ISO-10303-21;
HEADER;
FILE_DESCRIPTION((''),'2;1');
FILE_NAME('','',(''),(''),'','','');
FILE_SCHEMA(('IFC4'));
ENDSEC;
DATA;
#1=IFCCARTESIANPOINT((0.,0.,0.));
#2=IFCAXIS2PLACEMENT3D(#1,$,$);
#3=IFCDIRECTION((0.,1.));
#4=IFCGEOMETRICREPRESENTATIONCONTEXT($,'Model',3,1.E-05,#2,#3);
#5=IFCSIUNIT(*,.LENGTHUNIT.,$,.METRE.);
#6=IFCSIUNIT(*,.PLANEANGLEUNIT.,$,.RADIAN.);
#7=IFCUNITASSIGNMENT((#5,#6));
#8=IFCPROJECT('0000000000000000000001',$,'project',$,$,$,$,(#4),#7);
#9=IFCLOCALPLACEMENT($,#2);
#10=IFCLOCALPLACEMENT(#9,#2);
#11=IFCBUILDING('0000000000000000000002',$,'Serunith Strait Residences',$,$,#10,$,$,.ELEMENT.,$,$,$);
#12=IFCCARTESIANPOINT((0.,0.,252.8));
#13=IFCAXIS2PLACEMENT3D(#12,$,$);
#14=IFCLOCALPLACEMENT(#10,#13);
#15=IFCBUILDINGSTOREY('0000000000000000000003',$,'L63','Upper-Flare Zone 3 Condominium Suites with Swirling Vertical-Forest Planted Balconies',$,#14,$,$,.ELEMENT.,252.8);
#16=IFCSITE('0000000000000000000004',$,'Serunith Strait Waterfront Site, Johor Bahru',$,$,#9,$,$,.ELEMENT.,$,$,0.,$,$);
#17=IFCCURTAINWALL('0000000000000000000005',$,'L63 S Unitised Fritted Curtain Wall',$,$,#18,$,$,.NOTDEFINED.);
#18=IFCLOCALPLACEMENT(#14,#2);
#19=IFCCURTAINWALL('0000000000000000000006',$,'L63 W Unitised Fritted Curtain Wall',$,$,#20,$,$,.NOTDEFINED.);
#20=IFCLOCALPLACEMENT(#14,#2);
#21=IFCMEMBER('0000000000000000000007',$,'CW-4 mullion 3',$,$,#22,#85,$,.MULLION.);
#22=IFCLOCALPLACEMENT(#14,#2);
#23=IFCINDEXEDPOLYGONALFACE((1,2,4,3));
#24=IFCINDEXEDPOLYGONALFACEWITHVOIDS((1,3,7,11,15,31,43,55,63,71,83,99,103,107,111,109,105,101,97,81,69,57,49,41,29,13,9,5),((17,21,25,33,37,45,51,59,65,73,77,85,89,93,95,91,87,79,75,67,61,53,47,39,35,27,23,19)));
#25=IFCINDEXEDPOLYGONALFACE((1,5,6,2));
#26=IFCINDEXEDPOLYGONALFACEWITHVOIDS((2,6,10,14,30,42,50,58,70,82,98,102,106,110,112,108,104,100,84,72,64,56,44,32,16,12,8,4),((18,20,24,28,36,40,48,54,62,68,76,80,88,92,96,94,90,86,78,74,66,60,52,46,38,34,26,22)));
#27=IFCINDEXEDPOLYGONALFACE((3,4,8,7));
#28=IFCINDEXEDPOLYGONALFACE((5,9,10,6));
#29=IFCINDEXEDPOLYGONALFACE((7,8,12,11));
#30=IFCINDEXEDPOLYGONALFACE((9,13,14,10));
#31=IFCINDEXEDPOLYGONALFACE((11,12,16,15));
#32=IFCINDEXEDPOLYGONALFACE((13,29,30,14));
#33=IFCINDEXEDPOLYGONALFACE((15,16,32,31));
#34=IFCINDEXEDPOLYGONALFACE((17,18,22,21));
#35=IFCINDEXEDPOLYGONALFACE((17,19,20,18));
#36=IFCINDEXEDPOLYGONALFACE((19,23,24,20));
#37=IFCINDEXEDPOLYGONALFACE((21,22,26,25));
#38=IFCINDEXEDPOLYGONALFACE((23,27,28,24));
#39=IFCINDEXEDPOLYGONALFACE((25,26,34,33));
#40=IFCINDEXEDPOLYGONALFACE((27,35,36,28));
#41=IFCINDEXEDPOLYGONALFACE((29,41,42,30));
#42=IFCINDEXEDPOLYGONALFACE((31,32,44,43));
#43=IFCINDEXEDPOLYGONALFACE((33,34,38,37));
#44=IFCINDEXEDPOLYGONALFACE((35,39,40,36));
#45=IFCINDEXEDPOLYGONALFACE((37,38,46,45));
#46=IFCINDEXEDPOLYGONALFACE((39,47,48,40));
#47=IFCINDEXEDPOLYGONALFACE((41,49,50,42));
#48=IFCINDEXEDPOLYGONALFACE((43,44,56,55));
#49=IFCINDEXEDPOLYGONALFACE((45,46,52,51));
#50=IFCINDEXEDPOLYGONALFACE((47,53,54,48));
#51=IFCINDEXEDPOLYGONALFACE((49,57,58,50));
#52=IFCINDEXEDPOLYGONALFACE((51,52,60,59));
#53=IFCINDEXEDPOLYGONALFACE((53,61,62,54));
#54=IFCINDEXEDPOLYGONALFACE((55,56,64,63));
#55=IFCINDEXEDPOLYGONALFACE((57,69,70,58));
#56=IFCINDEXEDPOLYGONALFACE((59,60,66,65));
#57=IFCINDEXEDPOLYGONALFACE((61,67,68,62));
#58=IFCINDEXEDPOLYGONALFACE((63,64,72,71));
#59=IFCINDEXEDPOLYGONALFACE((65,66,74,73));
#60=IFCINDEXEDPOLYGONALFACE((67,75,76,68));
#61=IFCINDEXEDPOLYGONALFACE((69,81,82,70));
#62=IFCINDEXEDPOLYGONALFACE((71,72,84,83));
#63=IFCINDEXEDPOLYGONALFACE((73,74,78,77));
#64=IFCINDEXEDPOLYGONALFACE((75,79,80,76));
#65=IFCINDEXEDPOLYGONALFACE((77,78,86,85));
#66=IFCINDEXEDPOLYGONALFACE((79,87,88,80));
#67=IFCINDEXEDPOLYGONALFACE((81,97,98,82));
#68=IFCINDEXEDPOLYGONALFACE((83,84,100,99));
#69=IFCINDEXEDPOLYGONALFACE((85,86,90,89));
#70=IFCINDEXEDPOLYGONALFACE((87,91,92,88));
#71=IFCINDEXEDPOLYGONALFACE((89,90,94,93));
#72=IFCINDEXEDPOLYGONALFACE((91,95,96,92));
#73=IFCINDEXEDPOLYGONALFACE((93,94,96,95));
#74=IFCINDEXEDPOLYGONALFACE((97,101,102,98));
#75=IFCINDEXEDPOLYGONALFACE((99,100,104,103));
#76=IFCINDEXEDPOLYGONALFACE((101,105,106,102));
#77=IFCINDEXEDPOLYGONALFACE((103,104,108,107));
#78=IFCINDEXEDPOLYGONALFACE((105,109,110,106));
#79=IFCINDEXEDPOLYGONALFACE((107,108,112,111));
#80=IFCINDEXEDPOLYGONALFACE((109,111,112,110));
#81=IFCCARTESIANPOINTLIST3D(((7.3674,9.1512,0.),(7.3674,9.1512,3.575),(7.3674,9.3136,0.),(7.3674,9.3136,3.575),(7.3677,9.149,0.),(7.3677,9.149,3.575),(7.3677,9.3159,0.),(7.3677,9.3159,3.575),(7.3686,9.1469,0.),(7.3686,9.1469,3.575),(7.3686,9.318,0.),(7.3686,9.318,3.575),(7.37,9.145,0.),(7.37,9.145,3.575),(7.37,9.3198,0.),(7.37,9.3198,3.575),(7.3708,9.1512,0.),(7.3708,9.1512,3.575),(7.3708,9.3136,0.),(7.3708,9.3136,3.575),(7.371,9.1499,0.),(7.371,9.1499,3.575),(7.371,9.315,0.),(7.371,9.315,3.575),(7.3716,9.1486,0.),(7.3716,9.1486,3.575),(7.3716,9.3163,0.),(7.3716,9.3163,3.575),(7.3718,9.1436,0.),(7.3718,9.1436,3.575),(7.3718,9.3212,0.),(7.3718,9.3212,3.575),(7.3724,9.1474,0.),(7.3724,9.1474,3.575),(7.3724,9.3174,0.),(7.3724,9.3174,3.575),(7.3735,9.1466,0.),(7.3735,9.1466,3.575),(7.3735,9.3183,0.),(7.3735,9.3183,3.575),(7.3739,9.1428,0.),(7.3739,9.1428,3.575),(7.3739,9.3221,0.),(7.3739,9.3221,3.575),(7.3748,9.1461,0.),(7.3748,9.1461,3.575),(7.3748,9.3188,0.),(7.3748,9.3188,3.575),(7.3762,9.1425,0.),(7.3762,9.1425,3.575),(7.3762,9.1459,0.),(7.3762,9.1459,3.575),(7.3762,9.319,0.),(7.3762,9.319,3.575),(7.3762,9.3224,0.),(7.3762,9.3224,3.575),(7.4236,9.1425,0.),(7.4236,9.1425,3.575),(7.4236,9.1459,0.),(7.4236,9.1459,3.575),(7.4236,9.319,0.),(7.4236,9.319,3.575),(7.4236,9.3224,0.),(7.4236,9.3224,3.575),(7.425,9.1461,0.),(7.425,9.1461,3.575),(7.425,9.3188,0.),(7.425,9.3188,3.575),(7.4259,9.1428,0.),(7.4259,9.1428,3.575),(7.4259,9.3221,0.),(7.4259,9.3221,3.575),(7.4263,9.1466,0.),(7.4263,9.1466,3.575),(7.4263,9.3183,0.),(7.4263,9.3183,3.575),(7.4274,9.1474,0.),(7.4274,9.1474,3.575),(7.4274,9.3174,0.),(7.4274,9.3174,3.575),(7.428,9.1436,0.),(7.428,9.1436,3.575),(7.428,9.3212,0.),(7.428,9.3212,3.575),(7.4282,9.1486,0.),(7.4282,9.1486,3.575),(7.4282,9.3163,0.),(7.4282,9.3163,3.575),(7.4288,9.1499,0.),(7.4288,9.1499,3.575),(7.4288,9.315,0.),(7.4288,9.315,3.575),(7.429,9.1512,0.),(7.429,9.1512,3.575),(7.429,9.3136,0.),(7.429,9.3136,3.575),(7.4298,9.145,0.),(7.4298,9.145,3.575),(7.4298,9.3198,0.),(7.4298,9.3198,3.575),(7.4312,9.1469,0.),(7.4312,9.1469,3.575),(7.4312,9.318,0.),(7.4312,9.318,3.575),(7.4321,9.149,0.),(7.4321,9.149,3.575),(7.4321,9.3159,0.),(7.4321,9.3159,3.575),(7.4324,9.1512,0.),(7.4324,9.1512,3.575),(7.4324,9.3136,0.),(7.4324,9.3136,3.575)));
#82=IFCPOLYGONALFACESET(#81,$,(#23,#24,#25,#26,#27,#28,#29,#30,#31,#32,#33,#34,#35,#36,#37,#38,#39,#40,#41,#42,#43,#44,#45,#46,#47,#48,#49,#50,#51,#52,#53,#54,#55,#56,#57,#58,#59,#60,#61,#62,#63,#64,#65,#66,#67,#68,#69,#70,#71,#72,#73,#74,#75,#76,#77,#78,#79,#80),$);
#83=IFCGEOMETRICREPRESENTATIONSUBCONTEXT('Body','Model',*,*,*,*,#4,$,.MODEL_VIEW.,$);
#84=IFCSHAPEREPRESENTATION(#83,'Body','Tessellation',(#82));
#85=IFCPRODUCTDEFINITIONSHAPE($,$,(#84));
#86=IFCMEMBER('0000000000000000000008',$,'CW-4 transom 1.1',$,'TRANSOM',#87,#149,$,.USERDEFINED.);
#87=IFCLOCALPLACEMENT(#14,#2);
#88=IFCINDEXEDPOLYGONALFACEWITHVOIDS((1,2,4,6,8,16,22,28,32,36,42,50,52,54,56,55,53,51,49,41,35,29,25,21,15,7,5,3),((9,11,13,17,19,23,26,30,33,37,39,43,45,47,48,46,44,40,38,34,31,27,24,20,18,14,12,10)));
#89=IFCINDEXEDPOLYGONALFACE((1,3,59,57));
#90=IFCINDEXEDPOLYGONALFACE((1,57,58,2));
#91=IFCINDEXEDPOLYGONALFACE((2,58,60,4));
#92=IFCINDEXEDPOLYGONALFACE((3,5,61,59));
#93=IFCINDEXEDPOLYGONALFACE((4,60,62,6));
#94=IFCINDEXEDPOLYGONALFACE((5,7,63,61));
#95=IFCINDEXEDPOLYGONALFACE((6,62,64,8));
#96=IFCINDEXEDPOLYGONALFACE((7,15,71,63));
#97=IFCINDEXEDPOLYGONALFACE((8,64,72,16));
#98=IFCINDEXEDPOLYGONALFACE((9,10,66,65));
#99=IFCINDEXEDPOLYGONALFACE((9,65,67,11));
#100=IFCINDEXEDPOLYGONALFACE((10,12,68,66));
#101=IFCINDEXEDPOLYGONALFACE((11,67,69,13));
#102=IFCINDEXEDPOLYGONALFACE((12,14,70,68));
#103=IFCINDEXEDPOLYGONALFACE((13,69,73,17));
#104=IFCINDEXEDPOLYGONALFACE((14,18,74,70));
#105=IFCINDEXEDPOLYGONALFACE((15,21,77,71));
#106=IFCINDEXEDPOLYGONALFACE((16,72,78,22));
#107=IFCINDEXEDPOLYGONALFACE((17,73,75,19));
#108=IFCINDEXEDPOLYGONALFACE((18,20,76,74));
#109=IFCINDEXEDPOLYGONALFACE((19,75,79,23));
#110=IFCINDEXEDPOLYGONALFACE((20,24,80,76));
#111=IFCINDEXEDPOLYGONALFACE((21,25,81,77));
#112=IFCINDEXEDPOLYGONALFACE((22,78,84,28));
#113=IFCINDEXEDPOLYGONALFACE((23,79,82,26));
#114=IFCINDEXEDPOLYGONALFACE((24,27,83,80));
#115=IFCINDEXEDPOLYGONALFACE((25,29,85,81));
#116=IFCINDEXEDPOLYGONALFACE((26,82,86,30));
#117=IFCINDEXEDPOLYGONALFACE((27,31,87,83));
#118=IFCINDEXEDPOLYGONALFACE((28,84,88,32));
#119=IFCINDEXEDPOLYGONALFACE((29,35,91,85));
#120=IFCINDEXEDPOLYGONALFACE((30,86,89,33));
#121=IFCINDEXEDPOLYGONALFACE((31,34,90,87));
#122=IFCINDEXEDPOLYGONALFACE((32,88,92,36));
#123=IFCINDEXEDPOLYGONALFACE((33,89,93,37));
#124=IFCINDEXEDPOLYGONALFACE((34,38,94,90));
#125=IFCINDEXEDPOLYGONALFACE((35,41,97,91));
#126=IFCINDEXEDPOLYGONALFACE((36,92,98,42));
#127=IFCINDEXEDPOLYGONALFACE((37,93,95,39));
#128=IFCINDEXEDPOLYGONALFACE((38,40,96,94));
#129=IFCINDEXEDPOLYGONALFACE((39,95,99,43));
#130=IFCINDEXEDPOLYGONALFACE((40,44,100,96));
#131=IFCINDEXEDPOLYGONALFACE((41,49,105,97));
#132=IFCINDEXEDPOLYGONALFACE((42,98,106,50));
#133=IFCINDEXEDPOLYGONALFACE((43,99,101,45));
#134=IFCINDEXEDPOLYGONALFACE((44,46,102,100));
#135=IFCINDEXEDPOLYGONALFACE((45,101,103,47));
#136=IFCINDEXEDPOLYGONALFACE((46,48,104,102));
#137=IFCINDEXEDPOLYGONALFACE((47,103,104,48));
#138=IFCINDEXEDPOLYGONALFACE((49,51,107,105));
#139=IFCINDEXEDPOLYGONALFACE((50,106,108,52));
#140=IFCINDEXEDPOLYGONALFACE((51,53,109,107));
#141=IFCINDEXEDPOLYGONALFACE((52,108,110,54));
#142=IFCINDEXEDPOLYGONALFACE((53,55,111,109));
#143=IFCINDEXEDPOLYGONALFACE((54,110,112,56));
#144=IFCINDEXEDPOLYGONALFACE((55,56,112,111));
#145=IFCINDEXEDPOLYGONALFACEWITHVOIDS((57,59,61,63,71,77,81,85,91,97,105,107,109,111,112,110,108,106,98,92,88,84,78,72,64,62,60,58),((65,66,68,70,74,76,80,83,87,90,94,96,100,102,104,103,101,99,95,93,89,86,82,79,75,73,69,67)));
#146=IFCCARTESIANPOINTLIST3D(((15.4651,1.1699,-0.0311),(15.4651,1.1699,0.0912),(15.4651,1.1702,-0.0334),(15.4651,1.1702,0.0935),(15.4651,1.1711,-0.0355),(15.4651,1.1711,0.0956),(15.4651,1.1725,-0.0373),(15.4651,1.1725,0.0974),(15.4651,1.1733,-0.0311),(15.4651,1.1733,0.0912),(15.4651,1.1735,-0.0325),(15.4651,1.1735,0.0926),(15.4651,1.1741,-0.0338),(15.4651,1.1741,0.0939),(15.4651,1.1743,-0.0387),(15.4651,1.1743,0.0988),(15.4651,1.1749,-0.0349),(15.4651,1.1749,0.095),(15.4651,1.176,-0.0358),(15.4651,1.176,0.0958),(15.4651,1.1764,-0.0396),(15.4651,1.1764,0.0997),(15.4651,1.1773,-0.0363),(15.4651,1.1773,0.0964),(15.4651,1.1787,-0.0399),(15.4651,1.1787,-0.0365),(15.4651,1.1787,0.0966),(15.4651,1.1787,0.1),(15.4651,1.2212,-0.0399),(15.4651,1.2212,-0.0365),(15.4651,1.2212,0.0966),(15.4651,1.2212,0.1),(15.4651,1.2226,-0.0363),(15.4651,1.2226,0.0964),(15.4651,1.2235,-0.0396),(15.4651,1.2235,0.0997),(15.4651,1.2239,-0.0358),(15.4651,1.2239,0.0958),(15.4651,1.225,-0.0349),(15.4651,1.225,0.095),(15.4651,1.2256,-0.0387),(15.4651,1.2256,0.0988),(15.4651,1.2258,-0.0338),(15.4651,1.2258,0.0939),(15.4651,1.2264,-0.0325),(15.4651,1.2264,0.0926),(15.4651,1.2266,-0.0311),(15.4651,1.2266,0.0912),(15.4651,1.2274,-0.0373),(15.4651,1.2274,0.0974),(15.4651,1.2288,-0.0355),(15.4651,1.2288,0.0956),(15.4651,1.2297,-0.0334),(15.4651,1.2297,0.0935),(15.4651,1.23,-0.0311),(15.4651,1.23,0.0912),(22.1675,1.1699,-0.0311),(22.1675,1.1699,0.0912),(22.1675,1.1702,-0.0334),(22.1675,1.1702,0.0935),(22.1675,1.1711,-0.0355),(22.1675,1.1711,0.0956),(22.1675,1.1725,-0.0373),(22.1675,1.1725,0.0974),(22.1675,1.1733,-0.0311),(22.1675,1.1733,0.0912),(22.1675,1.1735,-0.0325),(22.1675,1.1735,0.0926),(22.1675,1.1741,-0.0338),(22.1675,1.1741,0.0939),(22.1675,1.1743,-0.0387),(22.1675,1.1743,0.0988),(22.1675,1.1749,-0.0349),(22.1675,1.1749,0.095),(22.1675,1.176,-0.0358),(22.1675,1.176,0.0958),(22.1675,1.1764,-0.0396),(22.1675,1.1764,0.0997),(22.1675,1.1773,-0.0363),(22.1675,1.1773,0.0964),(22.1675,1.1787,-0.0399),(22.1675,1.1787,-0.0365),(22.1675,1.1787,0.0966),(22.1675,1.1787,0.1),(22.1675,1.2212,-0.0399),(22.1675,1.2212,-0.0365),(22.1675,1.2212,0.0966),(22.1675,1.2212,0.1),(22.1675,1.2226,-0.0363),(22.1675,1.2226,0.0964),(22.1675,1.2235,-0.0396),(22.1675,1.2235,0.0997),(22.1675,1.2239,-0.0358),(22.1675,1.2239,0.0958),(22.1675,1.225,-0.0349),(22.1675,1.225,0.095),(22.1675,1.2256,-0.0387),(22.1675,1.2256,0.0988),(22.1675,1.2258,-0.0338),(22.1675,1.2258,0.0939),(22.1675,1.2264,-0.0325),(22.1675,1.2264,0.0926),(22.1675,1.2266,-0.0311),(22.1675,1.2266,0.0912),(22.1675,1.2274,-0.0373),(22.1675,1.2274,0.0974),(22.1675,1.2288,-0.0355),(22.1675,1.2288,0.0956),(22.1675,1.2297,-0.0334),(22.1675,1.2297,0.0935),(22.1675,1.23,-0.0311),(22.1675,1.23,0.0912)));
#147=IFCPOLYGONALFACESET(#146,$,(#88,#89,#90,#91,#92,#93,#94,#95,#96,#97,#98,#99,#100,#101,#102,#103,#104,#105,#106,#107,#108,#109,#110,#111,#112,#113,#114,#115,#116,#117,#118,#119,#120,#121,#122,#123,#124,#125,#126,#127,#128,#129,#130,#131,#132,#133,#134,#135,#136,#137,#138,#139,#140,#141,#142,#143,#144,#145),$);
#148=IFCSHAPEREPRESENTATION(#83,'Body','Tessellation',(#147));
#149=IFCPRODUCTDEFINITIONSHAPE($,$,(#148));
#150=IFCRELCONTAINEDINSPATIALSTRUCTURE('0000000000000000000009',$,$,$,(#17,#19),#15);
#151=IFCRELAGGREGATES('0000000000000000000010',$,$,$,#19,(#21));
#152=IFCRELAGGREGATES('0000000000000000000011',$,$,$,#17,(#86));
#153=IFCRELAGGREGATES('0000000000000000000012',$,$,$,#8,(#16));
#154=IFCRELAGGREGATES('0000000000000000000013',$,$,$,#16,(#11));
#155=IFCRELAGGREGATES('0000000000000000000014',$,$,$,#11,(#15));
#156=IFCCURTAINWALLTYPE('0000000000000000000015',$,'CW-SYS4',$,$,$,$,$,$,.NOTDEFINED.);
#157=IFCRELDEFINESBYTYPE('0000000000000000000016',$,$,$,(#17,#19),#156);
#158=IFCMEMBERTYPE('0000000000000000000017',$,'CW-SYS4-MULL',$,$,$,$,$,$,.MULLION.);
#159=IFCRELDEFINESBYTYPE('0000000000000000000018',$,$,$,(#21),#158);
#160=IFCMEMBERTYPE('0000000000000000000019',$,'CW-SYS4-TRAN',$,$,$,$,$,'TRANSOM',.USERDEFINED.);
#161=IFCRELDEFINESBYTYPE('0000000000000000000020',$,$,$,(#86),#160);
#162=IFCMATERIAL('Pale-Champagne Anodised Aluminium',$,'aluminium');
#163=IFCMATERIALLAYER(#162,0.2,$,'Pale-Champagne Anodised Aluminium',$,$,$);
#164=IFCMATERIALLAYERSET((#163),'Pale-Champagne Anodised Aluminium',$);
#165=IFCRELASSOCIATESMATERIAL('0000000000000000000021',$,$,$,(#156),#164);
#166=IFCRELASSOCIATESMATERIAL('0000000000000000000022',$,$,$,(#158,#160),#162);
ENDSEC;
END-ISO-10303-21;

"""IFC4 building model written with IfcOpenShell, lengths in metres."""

from ifc_helpers import new_model, si_unit, direction, frame, origin, origin_2d, place, context, subcontext, project, spatial, hollow_rectangle, extrude, source, transform, mapped, material, layer, layer_set, material_profile, profile_set, type_object, element, aggregate, save


model = new_model("IFC4")

# Units and contexts
model_context = context("Model", 3, precision=1e-05, world=origin(), true_north=direction((0.0, 1.0)))
body_context = subcontext(model_context, "Body", "Model", "MODEL_VIEW")
ifc_project = project(units=[si_unit("LENGTHUNIT", "METRE"), si_unit("PLANEANGLEUNIT", "RADIAN")], contexts=[model_context])

# Site, building, storey
site_placement = place(None, origin())
site = spatial("IfcSite", under=ifc_project, at=site_placement, Name="Serunith Strait Waterfront Site, Johor Bahru", CompositionType="ELEMENT", RefElevation=0.0)
building_placement = place(site_placement, origin())
building = spatial("IfcBuilding", under=site, at=building_placement, Name="Serunith Strait Residences", CompositionType="ELEMENT")
storey_placement = place(building_placement, frame((0.0, 0.0, 252.8)))
storey = spatial("IfcBuildingStorey", under=building, at=storey_placement, Name="L63", Description="Upper-Flare Zone 3 Condominium Suites with Swirling Vertical-Forest Planted Balconies", CompositionType="ELEMENT", Elevation=252.8)

# Curtain walls, member
ifc_material_1 = material(Name="Pale-Champagne Anodised Aluminium", Category="aluminium")
ifc_layer_1 = layer(ifc_material_1, 0.2, Name="Pale-Champagne Anodised Aluminium")
ifc_layer_set_1 = layer_set([ifc_layer_1], Name="Pale-Champagne Anodised Aluminium")
curtain_wall_type = type_object("IfcCurtainWallType", Name="CW-SYS4", PredefinedType="NOTDEFINED", material=ifc_layer_set_1)
curtain_wall_1_placement = place(storey_placement, origin())
curtain_wall_1 = element("IfcCurtainWall", 1, at=curtain_wall_1_placement, inside=storey, type_object=curtain_wall_type, Name="L63 S Unitised Fritted Curtain Wall", PredefinedType="NOTDEFINED")
ifc_material_profile_1 = material_profile(ifc_material_1, hollow_rectangle(XDim=0.0649, YDim=0.1799, WallThickness=0.0034, InnerFilletRadius=0.0054, OuterFilletRadius=0.0088, at=origin_2d()), Name="ALU 180x65x3.5")
ifc_profile_set_1 = profile_set([ifc_material_profile_1], Name="Pale-Champagne Anodised Aluminium")
member_type_1 = type_object("IfcMemberType", Name="CW-SYS4-MULL", PredefinedType="MULLION", material=ifc_profile_set_1)
shared_shape_1 = source(origin(), body_context, "Body", "SweptSolid", [
    extrude(hollow_rectangle(XDim=0.0649, YDim=0.1799, WallThickness=0.0034, InnerFilletRadius=0.0054, OuterFilletRadius=0.0088, at=origin_2d()), origin(), (0.0, 0.0, 1.0), 3.575),
])
curtain_wall_2_placement = place(storey_placement, origin())
curtain_wall_2 = element("IfcCurtainWall", 2, at=curtain_wall_2_placement, inside=storey, type_object=curtain_wall_type, Name="L63 W Unitised Fritted Curtain Wall", PredefinedType="NOTDEFINED")
member_1_placement = place(storey_placement, frame((7.3999, 9.2324, 0.0), z_axis=(0.0, 0.0, 1.0), x_axis=(1.0, 0.0, 0.0)))
member_1 = element("IfcMember", 3, at=member_1_placement, type_object=member_type_1, Name="CW-4 mullion 3", PredefinedType="MULLION", context=body_context, shape_type="MappedRepresentation", body=[
    mapped(shared_shape_1, transform((0.0, 0.0, 0.0), scale=1.0)),
])
aggregate(curtain_wall_2, [member_1])

# Member
ifc_material_profile_2 = material_profile(ifc_material_1, hollow_rectangle(XDim=0.0601, YDim=0.1399, WallThickness=0.0034, InnerFilletRadius=0.0054, OuterFilletRadius=0.0088, at=origin_2d()), Name="ALU 140x60x3.5")
ifc_profile_set_2 = profile_set([ifc_material_profile_2], Name="Pale-Champagne Anodised Aluminium")
member_type_2 = type_object("IfcMemberType", Name="CW-SYS4-TRAN", ElementType="TRANSOM", PredefinedType="USERDEFINED", material=ifc_profile_set_2)
shared_shape_2 = source(origin(), body_context, "Body", "SweptSolid", [
    extrude(hollow_rectangle(XDim=0.0601, YDim=0.1399, WallThickness=0.0034, InnerFilletRadius=0.0054, OuterFilletRadius=0.0088, at=origin_2d()), origin(), (0.0, 0.0, 1.0), 6.7024),
])
member_2_placement = place(storey_placement, frame((15.4651, 1.2, 0.03), z_axis=(1.0, 0.0, 0.0), x_axis=(0.0, 1.0, 0.0)))
member_2 = element("IfcMember", 4, at=member_2_placement, type_object=member_type_2, Name="CW-4 transom 1.1", ObjectType="TRANSOM", PredefinedType="USERDEFINED", context=body_context, shape_type="MappedRepresentation", body=[
    mapped(shared_shape_2, transform((0.0, 0.0, 0.0), scale=1.0)),
])
aggregate(curtain_wall_1, [member_2])

save(model, "model.ifc")
